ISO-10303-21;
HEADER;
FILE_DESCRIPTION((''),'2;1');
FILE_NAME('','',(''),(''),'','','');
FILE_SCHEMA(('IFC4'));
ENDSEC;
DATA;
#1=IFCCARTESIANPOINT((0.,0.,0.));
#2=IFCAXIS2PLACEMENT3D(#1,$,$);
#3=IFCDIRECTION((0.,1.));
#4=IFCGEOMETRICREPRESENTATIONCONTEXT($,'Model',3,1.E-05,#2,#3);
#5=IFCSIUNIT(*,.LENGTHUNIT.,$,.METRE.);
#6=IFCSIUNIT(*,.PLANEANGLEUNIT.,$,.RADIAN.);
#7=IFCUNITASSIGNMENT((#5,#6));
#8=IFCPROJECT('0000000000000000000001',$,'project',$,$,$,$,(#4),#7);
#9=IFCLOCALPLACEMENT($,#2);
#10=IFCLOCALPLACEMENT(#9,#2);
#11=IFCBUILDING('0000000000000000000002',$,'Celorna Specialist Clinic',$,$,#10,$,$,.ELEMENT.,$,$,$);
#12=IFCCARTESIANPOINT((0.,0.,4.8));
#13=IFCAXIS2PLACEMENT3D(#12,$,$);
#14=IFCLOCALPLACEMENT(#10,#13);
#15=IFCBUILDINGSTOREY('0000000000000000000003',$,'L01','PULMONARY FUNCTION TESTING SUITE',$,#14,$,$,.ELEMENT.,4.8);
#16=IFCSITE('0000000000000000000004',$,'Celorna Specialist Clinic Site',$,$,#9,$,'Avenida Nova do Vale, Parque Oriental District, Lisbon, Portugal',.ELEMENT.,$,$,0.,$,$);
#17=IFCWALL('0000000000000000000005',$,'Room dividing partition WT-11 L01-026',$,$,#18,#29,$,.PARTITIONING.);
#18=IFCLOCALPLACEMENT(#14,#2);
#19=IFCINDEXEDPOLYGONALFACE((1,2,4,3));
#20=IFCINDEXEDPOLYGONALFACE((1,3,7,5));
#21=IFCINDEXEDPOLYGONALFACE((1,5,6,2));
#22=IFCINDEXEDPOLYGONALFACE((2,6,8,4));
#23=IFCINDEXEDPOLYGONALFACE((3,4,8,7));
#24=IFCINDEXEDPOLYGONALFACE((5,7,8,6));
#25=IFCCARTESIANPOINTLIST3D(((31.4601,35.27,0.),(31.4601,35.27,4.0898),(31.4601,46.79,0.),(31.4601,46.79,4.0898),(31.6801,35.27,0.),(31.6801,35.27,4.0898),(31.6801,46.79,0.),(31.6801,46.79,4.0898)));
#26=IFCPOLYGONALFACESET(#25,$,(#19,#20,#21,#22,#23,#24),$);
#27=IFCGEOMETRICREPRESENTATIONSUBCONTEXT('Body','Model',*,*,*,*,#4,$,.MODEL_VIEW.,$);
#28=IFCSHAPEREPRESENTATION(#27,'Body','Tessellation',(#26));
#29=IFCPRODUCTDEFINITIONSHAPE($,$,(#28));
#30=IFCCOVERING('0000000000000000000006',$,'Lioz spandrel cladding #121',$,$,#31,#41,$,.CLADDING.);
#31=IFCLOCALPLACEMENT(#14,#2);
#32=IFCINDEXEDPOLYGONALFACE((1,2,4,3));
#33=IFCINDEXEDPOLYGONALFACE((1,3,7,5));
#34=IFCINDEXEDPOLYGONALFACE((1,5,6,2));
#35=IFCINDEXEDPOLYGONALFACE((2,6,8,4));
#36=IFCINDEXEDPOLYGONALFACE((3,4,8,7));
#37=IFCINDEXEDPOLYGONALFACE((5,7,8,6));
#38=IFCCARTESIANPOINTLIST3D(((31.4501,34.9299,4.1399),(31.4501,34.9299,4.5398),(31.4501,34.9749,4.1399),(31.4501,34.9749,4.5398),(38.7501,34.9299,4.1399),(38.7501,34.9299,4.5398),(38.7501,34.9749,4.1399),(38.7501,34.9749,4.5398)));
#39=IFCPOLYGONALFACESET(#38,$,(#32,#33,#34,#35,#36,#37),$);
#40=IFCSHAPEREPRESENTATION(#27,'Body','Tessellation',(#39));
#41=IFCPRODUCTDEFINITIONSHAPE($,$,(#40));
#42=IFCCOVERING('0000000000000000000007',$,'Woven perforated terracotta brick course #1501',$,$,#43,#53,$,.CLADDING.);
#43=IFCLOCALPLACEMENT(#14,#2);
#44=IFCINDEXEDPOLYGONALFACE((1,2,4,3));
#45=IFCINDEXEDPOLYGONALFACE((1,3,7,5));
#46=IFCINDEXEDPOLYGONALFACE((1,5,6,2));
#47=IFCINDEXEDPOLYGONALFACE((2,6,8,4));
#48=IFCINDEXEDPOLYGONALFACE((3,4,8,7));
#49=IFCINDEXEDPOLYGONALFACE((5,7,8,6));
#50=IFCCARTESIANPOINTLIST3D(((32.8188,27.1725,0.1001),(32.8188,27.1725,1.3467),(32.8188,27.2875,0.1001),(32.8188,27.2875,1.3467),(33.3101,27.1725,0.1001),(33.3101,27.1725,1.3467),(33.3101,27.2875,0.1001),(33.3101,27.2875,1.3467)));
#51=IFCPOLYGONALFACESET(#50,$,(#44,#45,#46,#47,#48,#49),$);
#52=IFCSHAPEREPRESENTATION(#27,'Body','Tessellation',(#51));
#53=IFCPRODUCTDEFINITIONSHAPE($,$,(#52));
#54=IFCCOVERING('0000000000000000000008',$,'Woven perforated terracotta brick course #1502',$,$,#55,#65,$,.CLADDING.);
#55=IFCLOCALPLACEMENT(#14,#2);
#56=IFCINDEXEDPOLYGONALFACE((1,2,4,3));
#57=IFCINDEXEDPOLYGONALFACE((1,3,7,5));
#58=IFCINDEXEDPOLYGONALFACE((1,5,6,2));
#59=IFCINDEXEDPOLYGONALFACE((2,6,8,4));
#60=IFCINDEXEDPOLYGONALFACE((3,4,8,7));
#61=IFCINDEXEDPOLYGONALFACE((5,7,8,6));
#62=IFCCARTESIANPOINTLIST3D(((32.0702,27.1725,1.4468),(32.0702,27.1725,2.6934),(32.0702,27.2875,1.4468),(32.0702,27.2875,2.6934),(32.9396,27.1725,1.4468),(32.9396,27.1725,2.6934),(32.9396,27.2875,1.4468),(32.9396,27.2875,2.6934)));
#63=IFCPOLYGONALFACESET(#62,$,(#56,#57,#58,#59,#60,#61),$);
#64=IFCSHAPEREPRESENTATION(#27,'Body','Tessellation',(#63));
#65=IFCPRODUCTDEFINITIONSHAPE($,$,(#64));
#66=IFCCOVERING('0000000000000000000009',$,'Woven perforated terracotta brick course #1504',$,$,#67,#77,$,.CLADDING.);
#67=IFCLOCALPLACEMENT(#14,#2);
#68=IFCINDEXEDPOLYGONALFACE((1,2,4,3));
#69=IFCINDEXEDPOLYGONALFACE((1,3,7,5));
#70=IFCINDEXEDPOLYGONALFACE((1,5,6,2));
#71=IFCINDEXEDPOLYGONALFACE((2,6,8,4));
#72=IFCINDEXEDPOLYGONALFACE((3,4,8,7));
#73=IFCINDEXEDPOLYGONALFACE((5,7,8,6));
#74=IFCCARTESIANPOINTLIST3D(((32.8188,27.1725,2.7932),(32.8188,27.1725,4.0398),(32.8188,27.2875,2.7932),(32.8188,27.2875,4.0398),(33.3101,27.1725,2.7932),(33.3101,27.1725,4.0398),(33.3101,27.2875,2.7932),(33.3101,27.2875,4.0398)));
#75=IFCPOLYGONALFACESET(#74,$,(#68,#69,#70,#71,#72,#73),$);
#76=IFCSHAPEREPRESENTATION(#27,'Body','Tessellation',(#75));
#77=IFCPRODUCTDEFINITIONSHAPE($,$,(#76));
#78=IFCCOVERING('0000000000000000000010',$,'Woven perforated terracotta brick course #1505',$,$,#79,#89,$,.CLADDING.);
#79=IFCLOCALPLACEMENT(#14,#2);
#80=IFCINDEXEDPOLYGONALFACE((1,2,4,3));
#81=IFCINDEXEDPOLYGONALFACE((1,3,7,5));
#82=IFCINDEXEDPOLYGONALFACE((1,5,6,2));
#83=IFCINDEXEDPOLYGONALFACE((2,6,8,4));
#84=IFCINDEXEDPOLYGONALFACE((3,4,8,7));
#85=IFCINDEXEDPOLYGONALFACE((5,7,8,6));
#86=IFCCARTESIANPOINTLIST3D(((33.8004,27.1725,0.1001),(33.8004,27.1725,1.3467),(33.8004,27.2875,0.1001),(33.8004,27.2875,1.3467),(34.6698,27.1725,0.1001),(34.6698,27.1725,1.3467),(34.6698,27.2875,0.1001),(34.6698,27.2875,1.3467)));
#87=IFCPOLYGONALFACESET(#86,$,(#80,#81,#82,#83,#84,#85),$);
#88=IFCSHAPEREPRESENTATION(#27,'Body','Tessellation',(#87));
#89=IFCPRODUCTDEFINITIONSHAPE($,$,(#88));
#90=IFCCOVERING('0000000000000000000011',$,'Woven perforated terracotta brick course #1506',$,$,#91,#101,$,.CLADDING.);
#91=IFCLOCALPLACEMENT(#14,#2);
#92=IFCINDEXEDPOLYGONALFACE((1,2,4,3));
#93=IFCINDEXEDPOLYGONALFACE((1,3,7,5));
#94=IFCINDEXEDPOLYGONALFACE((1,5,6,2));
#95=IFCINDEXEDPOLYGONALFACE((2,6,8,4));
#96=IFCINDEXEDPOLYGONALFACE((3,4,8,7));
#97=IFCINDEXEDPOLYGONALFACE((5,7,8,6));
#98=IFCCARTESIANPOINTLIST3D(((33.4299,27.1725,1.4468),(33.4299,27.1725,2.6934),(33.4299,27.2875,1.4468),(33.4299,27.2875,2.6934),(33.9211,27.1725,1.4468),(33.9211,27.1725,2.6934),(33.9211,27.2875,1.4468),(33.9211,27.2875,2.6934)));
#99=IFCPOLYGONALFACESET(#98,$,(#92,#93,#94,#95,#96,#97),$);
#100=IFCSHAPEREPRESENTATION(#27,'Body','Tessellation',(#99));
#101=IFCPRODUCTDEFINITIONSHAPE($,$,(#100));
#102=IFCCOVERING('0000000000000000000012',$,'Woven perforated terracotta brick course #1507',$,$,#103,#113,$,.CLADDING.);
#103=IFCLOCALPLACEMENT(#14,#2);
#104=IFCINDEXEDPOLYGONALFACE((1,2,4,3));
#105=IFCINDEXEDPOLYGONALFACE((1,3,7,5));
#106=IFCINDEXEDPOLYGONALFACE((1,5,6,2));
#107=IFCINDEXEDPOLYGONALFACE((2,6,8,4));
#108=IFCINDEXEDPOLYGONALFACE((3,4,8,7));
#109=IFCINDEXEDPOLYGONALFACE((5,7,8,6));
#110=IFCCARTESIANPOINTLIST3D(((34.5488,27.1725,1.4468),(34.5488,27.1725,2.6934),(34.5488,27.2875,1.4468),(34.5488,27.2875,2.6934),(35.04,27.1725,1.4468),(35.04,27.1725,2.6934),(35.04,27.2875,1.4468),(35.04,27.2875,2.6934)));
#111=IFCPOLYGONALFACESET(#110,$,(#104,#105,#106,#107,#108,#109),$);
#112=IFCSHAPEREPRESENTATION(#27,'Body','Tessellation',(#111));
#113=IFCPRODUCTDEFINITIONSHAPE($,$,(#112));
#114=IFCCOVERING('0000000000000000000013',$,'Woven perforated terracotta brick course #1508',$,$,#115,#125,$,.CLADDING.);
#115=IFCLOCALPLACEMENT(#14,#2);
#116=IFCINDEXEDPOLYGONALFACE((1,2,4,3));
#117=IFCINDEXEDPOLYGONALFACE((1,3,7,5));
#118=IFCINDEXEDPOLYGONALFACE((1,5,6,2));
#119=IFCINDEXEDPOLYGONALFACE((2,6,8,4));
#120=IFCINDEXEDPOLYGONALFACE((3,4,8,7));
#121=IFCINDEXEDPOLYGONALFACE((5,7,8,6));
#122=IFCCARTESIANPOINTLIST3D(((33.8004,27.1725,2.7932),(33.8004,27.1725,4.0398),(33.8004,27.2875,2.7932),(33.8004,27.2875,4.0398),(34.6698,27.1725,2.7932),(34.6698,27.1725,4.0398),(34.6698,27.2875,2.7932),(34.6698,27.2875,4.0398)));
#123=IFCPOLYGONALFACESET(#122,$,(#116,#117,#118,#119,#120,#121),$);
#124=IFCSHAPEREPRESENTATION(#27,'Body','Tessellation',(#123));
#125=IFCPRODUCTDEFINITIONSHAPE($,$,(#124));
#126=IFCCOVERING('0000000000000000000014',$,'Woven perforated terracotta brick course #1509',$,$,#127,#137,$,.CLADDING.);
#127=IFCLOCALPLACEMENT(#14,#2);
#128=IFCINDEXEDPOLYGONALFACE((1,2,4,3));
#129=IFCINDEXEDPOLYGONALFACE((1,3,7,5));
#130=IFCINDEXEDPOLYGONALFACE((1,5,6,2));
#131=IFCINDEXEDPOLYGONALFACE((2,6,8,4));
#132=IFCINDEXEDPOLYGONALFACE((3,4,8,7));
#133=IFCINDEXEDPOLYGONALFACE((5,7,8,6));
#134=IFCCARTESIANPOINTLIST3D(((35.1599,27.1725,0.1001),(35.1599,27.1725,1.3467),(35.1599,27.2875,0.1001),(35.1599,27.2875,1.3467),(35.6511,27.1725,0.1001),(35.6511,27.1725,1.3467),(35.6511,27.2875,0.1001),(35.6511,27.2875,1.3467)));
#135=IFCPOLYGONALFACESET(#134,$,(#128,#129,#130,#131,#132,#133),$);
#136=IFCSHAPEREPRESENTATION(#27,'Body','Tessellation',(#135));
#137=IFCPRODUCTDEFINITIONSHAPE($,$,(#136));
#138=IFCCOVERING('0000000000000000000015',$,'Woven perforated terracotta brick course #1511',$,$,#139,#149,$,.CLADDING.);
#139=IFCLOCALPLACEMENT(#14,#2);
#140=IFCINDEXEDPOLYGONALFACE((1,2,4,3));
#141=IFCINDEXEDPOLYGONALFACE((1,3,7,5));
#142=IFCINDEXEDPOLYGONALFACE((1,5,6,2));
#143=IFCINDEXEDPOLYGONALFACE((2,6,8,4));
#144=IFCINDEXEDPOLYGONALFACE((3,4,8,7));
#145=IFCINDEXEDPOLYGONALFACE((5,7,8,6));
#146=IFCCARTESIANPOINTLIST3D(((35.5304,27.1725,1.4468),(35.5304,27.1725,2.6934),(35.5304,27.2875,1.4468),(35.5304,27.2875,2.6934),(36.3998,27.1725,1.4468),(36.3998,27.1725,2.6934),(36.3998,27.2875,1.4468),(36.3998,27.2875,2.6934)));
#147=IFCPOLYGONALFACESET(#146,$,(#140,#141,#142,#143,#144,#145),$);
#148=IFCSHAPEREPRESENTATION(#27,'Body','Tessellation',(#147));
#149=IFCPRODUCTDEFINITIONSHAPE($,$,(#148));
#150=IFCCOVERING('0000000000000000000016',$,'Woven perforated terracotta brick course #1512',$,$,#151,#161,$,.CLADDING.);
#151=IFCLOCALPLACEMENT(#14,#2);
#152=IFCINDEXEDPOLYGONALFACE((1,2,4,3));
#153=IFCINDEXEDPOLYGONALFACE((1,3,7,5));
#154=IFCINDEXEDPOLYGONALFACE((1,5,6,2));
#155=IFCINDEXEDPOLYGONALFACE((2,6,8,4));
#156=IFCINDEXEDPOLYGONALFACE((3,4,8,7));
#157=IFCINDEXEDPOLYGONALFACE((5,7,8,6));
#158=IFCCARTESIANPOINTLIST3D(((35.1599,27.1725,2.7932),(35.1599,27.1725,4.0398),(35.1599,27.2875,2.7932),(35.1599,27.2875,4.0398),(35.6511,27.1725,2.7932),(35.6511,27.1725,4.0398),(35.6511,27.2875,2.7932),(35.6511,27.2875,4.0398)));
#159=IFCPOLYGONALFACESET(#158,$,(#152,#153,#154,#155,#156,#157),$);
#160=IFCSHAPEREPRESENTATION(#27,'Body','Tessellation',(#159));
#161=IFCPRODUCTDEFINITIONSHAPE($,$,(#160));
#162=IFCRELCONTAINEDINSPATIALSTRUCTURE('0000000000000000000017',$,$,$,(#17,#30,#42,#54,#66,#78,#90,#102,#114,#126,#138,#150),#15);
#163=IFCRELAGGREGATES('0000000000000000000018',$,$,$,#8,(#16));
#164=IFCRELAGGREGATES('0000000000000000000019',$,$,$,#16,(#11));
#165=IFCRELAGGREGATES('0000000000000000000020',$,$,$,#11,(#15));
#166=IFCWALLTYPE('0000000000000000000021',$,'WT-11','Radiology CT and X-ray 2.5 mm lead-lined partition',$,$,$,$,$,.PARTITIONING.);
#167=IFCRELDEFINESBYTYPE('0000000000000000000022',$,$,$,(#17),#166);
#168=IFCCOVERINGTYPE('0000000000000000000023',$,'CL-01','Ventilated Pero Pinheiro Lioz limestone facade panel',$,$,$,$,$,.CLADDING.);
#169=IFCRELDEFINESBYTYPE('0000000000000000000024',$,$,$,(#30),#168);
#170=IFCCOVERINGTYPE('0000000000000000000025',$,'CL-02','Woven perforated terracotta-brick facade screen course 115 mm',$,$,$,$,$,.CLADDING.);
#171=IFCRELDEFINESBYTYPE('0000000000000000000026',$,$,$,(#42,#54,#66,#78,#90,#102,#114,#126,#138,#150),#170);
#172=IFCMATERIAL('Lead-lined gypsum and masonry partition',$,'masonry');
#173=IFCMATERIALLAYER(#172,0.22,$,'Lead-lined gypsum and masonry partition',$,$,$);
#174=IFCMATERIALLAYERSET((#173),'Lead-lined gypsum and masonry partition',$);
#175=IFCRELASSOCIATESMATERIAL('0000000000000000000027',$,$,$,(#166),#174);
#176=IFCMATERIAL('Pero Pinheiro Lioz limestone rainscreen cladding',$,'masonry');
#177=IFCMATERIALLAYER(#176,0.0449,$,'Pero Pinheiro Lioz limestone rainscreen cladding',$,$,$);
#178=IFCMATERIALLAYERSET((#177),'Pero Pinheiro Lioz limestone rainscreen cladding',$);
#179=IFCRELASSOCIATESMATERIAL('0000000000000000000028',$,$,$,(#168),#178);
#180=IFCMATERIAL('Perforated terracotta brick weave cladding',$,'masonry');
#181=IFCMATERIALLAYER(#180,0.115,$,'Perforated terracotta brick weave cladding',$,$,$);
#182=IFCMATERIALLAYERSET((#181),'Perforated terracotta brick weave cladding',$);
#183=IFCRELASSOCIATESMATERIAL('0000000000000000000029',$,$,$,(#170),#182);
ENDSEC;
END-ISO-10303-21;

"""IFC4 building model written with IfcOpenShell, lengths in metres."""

from ifc_helpers import new_model, si_unit, direction, frame, frame_2d, origin, origin_2d, place, context, subcontext, project, spatial, rectangle, extrude, material, layer, layer_set, type_object, element, save


model = new_model("IFC4")

# Units and contexts
model_context = context("Model", 3, precision=1e-05, world=origin(), true_north=direction((0.0, 1.0)))
body_context = subcontext(model_context, "Body", "Model", "MODEL_VIEW")
ifc_project = project(units=[si_unit("LENGTHUNIT", "METRE"), si_unit("PLANEANGLEUNIT", "RADIAN")], contexts=[model_context])

# Site, building, storey
site_placement = place(None, origin())
site = spatial("IfcSite", under=ifc_project, at=site_placement, Name="Celorna Specialist Clinic Site", LongName="Avenida Nova do Vale, Parque Oriental District, Lisbon, Portugal", CompositionType="ELEMENT", RefElevation=0.0)
building_placement = place(site_placement, origin())
building = spatial("IfcBuilding", under=site, at=building_placement, Name="Celorna Specialist Clinic", CompositionType="ELEMENT")
storey_placement = place(building_placement, frame((0.0, 0.0, 4.8)))
storey = spatial("IfcBuildingStorey", under=building, at=storey_placement, Name="L01", Description="PULMONARY FUNCTION TESTING SUITE", CompositionType="ELEMENT", Elevation=4.8)

# Wall
ifc_material_1 = material(Name="Lead-lined gypsum and masonry partition", Category="masonry")
ifc_layer_1 = layer(ifc_material_1, 0.22, Name="Lead-lined gypsum and masonry partition")
ifc_layer_set_1 = layer_set([ifc_layer_1], Name="Lead-lined gypsum and masonry partition")
wall_type_1 = type_object("IfcWallType", Name="WT-11", Description="Radiology CT and X-ray 2.5 mm lead-lined partition", PredefinedType="PARTITIONING", material=ifc_layer_set_1)
wall_1_placement = place(storey_placement, frame((31.5701, 35.27, 0.0), z_axis=(0.0, 0.0, 1.0), x_axis=(0.0, 1.0, 0.0)))
element("IfcWall", 1, at=wall_1_placement, inside=storey, type_object=wall_type_1, Name="Room dividing partition WT-11 L01-026", PredefinedType="PARTITIONING", context=body_context, shape_type="SweptSolid", body=[
    extrude(rectangle(XDim=11.52, YDim=0.22, at=frame_2d((5.76, 0.0))), origin(), (0.0, 0.0, 1.0), 4.0898),
])

# Coverings
ifc_material_2 = material(Name="Pero Pinheiro Lioz limestone rainscreen cladding", Category="masonry")
ifc_layer_2 = layer(ifc_material_2, 0.0449, Name="Pero Pinheiro Lioz limestone rainscreen cladding")
ifc_layer_set_2 = layer_set([ifc_layer_2], Name="Pero Pinheiro Lioz limestone rainscreen cladding")
covering_type_1 = type_object("IfcCoveringType", Name="CL-01", Description="Ventilated Pero Pinheiro Lioz limestone facade panel", PredefinedType="CLADDING", material=ifc_layer_set_2)
covering_1_placement = place(storey_placement, frame((35.1001, 34.9524, 4.1399), z_axis=(0.0, 0.0, 1.0), x_axis=(-1.0, 0.0, 0.0)))
element("IfcCovering", 2, at=covering_1_placement, inside=storey, type_object=covering_type_1, Name="Lioz spandrel cladding #121", PredefinedType="CLADDING", context=body_context, shape_type="SweptSolid", body=[
    extrude(rectangle(XDim=7.3, YDim=0.0449, at=origin_2d()), origin(), (0.0, 0.0, 1.0), 0.3999),
])
ifc_material_3 = material(Name="Perforated terracotta brick weave cladding", Category="masonry")
ifc_layer_3 = layer(ifc_material_3, 0.115, Name="Perforated terracotta brick weave cladding")
ifc_layer_set_3 = layer_set([ifc_layer_3], Name="Perforated terracotta brick weave cladding")
covering_type_2 = type_object("IfcCoveringType", Name="CL-02", Description="Woven perforated terracotta-brick facade screen course 115 mm", PredefinedType="CLADDING", material=ifc_layer_set_3)
covering_2_placement = place(storey_placement, frame((33.0645, 27.23, 0.1001), z_axis=(0.0, 0.0, 1.0), x_axis=(1.0, 0.0, 0.0)))
element("IfcCovering", 3, at=covering_2_placement, inside=storey, type_object=covering_type_2, Name="Woven perforated terracotta brick course #1501", PredefinedType="CLADDING", context=body_context, shape_type="SweptSolid", body=[
    extrude(rectangle(XDim=0.4912, YDim=0.115, at=origin_2d()), origin(), (0.0, 0.0, 1.0), 1.2466),
])
covering_3_placement = place(storey_placement, frame((32.5049, 27.23, 1.4468), z_axis=(0.0, 0.0, 1.0), x_axis=(1.0, 0.0, 0.0)))
element("IfcCovering", 4, at=covering_3_placement, inside=storey, type_object=covering_type_2, Name="Woven perforated terracotta brick course #1502", PredefinedType="CLADDING", context=body_context, shape_type="SweptSolid", body=[
    extrude(rectangle(XDim=0.8694, YDim=0.115, at=origin_2d()), origin(), (0.0, 0.0, 1.0), 1.2466),
])
covering_4_placement = place(storey_placement, frame((33.0645, 27.23, 2.7932), z_axis=(0.0, 0.0, 1.0), x_axis=(1.0, 0.0, 0.0)))
element("IfcCovering", 5, at=covering_4_placement, inside=storey, type_object=covering_type_2, Name="Woven perforated terracotta brick course #1504", PredefinedType="CLADDING", context=body_context, shape_type="SweptSolid", body=[
    extrude(rectangle(XDim=0.4912, YDim=0.115, at=origin_2d()), origin(), (0.0, 0.0, 1.0), 1.2466),
])
covering_5_placement = place(storey_placement, frame((34.2351, 27.23, 0.1001), z_axis=(0.0, 0.0, 1.0), x_axis=(1.0, 0.0, 0.0)))
element("IfcCovering", 6, at=covering_5_placement, inside=storey, type_object=covering_type_2, Name="Woven perforated terracotta brick course #1505", PredefinedType="CLADDING", context=body_context, shape_type="SweptSolid", body=[
    extrude(rectangle(XDim=0.8694, YDim=0.115, at=origin_2d()), origin(), (0.0, 0.0, 1.0), 1.2466),
])
for number, where, z_axis, x_axis, name in (
    (7, (33.6755, 27.23, 1.4468), (0.0, 0.0, 1.0), (1.0, 0.0, 0.0), "Woven perforated terracotta brick course #1506"),
    (8, (34.7944, 27.23, 1.4468), (0.0, 0.0, 1.0), (1.0, 0.0, 0.0), "Woven perforated terracotta brick course #1507"),
):
    element("IfcCovering", number, at=place(storey_placement, frame(where, z_axis=z_axis, x_axis=x_axis)), inside=storey, type_object=covering_type_2, Name=name, PredefinedType="CLADDING", context=body_context, shape_type="SweptSolid", body=[
        extrude(rectangle(XDim=0.4912, YDim=0.115, at=origin_2d()), origin(), (0.0, 0.0, 1.0), 1.2466),
    ])
covering_6_placement = place(storey_placement, frame((34.2351, 27.23, 2.7932), z_axis=(0.0, 0.0, 1.0), x_axis=(1.0, 0.0, 0.0)))
element("IfcCovering", 9, at=covering_6_placement, inside=storey, type_object=covering_type_2, Name="Woven perforated terracotta brick course #1508", PredefinedType="CLADDING", context=body_context, shape_type="SweptSolid", body=[
    extrude(rectangle(XDim=0.8694, YDim=0.115, at=origin_2d()), origin(), (0.0, 0.0, 1.0), 1.2466),
])
covering_7_placement = place(storey_placement, frame((35.4055, 27.23, 0.1001), z_axis=(0.0, 0.0, 1.0), x_axis=(1.0, 0.0, 0.0)))
element("IfcCovering", 10, at=covering_7_placement, inside=storey, type_object=covering_type_2, Name="Woven perforated terracotta brick course #1509", PredefinedType="CLADDING", context=body_context, shape_type="SweptSolid", body=[
    extrude(rectangle(XDim=0.4912, YDim=0.115, at=origin_2d()), origin(), (0.0, 0.0, 1.0), 1.2466),
])
covering_8_placement = place(storey_placement, frame((35.9651, 27.23, 1.4468), z_axis=(0.0, 0.0, 1.0), x_axis=(1.0, 0.0, 0.0)))
element("IfcCovering", 11, at=covering_8_placement, inside=storey, type_object=covering_type_2, Name="Woven perforated terracotta brick course #1511", PredefinedType="CLADDING", context=body_context, shape_type="SweptSolid", body=[
    extrude(rectangle(XDim=0.8694, YDim=0.115, at=origin_2d()), origin(), (0.0, 0.0, 1.0), 1.2466),
])
covering_9_placement = place(storey_placement, frame((35.4055, 27.23, 2.7932), z_axis=(0.0, 0.0, 1.0), x_axis=(1.0, 0.0, 0.0)))
element("IfcCovering", 12, at=covering_9_placement, inside=storey, type_object=covering_type_2, Name="Woven perforated terracotta brick course #1512", PredefinedType="CLADDING", context=body_context, shape_type="SweptSolid", body=[
    extrude(rectangle(XDim=0.4912, YDim=0.115, at=origin_2d()), origin(), (0.0, 0.0, 1.0), 1.2466),
])

save(model, "model.ifc")
